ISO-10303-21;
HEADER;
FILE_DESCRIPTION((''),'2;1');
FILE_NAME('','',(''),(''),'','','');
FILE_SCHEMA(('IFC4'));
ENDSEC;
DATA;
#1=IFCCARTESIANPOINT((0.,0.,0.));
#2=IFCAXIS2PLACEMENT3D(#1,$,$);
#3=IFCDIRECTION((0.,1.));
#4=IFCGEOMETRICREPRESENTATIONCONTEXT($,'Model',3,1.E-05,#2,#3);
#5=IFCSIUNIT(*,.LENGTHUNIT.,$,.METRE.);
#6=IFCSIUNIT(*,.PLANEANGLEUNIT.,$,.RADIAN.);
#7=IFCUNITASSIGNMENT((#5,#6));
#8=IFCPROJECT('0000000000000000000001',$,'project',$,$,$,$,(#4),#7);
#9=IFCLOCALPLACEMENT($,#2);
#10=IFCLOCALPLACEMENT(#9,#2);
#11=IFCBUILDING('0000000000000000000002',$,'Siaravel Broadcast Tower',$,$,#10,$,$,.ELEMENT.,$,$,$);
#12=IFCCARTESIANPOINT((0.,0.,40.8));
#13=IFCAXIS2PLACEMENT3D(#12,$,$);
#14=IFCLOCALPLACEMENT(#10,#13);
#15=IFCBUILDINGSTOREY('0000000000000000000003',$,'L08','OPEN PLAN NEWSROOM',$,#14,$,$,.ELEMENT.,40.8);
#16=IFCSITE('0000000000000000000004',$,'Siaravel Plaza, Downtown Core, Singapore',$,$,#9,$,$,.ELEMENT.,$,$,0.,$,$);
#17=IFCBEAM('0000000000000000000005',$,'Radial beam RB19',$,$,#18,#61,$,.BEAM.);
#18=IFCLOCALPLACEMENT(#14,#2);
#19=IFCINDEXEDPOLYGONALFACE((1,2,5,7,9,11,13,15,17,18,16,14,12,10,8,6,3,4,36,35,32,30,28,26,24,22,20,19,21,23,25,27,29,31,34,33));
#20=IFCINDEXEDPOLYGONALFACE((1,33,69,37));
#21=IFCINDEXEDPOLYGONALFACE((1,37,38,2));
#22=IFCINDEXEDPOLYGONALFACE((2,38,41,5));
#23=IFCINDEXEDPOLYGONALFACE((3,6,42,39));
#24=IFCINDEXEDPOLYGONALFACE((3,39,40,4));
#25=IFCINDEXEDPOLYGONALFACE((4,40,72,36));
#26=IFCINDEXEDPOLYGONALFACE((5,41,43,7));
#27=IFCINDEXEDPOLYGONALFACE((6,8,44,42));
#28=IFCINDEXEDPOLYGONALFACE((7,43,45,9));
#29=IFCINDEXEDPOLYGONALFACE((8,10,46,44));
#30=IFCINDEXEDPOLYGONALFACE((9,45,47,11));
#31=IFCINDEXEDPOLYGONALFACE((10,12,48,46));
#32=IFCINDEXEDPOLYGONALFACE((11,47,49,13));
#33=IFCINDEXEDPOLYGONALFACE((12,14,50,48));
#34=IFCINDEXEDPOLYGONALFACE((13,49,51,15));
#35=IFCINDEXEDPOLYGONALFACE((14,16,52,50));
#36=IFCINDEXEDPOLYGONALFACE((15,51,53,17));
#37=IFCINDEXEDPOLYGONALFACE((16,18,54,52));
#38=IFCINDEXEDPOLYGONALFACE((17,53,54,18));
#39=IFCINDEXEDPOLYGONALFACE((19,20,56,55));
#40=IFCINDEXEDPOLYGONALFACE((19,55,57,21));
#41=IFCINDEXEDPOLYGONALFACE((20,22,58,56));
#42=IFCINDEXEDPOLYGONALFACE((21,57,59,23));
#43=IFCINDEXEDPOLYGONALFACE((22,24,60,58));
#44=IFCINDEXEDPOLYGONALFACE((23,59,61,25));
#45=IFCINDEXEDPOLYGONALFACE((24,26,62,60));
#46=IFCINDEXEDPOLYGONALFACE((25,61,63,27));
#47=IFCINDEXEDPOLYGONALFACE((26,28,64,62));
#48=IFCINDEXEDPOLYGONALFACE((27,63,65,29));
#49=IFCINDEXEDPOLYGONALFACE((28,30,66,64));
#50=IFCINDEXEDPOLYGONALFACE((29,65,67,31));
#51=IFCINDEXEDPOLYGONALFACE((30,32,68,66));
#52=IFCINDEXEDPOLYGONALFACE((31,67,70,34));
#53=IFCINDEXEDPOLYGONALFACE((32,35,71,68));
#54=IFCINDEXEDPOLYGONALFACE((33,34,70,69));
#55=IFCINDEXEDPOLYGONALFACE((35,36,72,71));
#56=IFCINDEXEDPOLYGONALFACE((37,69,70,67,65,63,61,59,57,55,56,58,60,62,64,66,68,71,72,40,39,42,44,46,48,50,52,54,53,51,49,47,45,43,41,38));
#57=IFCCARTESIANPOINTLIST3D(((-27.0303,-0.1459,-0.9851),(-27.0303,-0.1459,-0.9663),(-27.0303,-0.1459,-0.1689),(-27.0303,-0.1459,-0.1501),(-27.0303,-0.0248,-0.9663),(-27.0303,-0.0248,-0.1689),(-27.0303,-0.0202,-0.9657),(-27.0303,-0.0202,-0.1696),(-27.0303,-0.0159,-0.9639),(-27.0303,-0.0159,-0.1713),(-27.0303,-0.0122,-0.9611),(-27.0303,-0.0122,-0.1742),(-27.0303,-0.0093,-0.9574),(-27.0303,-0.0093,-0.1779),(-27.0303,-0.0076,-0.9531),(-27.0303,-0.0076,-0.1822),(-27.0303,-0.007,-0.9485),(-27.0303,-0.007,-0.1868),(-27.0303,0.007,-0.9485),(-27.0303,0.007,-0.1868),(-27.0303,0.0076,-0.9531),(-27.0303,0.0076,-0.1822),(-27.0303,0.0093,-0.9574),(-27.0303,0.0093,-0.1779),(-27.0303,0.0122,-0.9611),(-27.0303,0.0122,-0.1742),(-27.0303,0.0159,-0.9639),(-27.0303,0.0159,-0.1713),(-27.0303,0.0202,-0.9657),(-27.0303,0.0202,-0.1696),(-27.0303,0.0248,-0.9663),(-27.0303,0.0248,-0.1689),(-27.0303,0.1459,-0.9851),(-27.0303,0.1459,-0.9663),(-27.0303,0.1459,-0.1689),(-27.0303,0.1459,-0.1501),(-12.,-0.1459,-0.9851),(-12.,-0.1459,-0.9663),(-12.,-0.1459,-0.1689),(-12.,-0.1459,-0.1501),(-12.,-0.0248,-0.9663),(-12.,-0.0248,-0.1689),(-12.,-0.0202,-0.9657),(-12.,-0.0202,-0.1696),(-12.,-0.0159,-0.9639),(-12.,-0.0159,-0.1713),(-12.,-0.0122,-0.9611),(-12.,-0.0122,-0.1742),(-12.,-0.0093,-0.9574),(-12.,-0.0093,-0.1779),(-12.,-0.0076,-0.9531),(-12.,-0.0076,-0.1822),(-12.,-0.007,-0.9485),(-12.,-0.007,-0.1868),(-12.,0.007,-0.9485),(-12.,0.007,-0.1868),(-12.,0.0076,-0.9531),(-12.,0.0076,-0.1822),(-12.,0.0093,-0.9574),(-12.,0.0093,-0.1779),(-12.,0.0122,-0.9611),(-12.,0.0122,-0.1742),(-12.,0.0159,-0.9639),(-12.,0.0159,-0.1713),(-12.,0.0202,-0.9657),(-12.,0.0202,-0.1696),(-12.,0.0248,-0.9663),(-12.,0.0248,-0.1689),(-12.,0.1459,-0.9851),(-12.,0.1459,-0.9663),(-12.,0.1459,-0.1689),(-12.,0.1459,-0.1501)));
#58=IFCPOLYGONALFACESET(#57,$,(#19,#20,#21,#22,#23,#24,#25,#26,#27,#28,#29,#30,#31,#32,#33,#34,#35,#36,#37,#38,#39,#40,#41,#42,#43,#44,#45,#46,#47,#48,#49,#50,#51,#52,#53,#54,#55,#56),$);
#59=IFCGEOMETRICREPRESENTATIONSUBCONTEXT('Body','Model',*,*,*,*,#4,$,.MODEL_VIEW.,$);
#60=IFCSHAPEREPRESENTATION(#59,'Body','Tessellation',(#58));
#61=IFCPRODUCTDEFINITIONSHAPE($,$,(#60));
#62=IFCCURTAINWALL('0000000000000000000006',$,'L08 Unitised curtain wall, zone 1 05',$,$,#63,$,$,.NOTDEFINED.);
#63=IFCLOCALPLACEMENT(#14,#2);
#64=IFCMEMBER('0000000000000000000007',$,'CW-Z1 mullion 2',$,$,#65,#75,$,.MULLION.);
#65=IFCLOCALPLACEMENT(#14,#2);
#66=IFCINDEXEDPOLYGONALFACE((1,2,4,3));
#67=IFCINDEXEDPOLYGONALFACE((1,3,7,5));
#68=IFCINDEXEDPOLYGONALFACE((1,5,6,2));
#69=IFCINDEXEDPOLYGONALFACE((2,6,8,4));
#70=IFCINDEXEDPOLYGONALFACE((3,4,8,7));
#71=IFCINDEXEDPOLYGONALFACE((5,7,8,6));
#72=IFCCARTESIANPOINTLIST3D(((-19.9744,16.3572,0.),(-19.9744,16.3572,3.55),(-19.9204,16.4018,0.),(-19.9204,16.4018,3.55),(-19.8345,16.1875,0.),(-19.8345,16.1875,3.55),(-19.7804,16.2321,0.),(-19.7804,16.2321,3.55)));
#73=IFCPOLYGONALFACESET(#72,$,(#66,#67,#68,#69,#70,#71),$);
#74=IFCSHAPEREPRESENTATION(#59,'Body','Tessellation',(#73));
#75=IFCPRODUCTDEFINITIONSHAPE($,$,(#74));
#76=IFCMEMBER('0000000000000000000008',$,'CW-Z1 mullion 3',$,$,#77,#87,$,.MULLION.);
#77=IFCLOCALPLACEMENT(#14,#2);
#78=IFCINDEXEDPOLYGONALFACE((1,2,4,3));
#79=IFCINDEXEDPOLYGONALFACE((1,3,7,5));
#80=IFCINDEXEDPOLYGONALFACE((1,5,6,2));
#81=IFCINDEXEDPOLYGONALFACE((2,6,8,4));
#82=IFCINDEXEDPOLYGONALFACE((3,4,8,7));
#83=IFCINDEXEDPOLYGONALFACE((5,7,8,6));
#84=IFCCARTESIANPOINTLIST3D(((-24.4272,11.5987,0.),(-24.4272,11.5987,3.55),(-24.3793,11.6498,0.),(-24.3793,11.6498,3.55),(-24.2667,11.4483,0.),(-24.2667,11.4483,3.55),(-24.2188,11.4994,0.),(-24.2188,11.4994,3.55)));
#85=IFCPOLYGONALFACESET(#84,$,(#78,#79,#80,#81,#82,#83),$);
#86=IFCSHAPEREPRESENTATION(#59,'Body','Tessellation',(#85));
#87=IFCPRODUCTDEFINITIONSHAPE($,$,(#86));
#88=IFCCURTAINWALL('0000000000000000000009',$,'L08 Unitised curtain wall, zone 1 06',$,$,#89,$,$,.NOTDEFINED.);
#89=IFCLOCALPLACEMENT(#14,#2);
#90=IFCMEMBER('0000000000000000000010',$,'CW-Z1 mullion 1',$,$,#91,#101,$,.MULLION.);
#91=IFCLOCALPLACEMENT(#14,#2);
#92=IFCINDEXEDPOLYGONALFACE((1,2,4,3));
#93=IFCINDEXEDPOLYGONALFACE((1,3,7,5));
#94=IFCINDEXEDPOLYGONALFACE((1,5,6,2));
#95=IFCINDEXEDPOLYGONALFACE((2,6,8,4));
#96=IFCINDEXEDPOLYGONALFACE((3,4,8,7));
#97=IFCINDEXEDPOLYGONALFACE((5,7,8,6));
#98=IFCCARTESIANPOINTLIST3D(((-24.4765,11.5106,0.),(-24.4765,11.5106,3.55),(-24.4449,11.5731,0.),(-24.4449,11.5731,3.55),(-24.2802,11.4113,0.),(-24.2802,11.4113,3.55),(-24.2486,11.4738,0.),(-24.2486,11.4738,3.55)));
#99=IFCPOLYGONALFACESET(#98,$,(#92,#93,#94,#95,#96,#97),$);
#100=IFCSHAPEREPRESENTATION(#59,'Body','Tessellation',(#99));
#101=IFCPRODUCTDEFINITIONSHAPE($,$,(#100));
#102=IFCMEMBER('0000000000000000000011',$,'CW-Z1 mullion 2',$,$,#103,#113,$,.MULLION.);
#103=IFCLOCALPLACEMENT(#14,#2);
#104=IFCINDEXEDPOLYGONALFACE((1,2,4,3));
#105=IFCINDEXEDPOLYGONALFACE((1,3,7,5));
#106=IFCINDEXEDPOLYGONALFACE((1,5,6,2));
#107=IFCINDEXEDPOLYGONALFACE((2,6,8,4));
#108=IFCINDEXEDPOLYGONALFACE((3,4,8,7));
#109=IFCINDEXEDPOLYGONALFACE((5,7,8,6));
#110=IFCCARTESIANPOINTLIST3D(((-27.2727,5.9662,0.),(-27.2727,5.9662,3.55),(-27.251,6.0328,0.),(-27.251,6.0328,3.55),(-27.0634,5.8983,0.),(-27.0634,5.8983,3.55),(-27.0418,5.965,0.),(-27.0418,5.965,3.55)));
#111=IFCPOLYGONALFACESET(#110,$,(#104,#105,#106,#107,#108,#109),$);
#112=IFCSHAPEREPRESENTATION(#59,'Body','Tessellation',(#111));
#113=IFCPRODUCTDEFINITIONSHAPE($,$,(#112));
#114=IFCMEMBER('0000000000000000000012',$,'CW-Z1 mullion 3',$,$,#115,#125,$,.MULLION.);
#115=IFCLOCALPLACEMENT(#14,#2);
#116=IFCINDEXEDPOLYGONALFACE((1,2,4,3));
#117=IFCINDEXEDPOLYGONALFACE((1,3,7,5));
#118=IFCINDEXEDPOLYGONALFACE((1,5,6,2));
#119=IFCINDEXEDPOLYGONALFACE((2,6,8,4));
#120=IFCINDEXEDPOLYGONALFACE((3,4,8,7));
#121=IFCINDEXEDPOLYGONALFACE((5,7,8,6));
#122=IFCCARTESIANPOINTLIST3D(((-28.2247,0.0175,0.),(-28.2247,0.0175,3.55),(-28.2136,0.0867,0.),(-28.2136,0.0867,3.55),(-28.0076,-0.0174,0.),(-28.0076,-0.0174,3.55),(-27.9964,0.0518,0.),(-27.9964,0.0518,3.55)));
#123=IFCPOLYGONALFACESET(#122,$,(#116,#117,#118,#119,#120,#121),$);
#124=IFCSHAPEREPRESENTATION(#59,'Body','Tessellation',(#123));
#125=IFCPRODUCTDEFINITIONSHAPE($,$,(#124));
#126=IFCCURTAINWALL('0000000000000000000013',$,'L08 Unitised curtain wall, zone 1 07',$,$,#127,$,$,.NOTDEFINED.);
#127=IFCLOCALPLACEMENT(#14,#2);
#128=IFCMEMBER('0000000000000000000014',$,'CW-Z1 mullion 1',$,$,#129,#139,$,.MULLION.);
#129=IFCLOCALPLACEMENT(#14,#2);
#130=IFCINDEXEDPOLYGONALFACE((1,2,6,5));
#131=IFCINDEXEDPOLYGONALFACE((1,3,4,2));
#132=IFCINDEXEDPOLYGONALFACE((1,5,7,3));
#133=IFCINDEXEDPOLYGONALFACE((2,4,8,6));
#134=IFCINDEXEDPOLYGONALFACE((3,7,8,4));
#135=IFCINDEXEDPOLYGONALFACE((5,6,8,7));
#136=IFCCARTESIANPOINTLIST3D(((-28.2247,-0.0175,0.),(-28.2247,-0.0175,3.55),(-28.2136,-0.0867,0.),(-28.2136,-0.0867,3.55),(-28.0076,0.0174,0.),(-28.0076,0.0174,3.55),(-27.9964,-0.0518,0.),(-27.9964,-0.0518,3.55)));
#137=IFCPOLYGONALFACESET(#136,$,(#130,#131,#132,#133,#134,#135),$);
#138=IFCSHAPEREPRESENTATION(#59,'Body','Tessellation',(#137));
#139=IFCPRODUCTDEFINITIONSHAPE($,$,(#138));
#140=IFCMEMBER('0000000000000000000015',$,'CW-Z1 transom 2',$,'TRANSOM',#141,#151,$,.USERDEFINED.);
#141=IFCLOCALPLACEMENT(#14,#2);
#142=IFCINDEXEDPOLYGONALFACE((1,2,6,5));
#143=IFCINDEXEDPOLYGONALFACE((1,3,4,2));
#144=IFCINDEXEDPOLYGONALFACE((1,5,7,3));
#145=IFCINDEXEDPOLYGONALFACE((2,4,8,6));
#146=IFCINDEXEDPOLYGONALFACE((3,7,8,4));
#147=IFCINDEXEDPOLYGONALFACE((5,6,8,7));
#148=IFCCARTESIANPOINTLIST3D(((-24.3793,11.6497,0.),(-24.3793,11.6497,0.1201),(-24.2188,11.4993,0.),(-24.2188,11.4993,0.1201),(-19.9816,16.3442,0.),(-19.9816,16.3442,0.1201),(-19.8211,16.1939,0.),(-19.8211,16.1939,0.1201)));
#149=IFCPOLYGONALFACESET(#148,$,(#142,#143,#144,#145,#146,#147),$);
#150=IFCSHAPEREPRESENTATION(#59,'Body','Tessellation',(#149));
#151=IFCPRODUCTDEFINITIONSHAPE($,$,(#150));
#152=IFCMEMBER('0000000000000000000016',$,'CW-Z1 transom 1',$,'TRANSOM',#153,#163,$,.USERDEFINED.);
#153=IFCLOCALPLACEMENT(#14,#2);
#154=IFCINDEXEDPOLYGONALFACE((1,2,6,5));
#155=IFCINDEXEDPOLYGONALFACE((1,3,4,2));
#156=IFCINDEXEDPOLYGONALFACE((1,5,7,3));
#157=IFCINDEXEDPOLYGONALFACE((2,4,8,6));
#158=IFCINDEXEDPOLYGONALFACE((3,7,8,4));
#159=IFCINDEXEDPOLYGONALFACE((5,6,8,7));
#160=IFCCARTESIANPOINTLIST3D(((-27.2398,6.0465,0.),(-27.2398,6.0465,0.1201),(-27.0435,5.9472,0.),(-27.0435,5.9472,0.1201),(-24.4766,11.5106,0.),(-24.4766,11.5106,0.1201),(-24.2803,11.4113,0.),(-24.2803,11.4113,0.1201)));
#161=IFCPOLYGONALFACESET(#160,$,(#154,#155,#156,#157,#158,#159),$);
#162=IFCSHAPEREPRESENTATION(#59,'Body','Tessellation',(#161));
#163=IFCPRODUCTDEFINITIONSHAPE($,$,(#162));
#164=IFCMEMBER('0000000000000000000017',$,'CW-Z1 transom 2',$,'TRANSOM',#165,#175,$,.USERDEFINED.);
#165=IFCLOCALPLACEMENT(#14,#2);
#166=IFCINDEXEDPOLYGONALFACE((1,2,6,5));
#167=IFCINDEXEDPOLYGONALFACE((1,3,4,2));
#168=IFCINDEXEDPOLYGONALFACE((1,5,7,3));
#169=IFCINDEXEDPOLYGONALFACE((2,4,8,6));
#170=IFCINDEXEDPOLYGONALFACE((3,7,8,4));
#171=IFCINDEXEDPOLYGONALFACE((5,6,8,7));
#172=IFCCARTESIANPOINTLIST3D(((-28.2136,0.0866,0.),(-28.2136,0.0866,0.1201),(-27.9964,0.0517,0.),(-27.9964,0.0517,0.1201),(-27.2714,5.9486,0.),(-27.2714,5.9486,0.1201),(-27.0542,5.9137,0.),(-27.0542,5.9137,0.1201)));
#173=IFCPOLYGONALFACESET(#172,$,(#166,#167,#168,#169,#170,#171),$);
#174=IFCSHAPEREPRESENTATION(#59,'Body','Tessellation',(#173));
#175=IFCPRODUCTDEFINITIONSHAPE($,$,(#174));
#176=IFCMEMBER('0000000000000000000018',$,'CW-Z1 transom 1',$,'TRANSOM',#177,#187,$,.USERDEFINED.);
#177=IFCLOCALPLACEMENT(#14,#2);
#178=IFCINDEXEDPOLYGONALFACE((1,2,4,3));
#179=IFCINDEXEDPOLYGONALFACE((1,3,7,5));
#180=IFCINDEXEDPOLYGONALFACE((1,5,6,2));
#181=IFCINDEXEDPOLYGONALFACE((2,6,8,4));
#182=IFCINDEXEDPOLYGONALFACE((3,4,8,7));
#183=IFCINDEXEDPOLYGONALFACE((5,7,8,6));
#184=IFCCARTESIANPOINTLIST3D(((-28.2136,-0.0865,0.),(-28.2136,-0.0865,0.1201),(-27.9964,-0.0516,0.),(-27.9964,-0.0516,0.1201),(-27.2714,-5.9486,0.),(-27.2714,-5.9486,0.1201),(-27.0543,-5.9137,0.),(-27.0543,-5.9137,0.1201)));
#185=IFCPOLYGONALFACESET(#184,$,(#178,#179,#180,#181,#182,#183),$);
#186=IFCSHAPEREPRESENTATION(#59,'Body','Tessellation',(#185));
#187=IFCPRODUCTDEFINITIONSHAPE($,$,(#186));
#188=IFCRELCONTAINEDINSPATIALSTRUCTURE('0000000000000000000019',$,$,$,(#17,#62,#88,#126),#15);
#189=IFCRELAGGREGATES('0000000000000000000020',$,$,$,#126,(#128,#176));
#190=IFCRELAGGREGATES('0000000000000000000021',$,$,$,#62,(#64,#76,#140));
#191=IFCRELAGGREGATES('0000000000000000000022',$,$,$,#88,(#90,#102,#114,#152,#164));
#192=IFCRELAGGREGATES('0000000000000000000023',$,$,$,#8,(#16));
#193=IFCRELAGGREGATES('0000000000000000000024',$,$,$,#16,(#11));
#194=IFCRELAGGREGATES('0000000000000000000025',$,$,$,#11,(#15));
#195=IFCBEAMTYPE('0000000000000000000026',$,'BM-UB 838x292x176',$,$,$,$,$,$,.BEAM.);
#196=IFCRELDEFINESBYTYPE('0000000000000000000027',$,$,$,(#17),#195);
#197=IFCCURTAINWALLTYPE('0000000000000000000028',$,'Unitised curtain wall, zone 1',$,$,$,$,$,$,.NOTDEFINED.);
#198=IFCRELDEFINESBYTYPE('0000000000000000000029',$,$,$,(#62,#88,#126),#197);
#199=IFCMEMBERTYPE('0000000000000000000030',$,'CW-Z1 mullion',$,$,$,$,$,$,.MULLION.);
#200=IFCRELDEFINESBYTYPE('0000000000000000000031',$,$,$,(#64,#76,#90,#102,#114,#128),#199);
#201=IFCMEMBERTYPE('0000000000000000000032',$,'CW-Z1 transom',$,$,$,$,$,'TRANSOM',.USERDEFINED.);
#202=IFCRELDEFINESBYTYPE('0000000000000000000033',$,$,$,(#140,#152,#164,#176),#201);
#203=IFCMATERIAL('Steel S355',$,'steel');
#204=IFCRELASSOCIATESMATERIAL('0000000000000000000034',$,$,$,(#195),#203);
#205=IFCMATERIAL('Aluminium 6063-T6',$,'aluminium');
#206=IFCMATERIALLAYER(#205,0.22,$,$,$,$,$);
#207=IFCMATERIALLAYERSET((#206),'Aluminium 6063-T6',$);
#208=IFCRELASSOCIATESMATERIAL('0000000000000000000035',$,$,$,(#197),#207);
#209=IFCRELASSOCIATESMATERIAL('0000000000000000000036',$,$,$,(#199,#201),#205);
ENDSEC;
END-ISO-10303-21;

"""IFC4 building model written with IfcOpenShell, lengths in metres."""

from ifc_helpers import new_model, si_unit, direction, frame, origin, origin_2d, place, context, subcontext, project, spatial, rectangle, i_section, extrude, material, layer, layer_set, material_profile, profile_set, type_object, element, aggregate, save


model = new_model("IFC4")

# Units and contexts
model_context = context("Model", 3, precision=1e-05, world=origin(), true_north=direction((0.0, 1.0)))
body_context = subcontext(model_context, "Body", "Model", "MODEL_VIEW")
ifc_project = project(units=[si_unit("LENGTHUNIT", "METRE"), si_unit("PLANEANGLEUNIT", "RADIAN")], contexts=[model_context])

# Site, building, storey
site_placement = place(None, origin())
site = spatial("IfcSite", under=ifc_project, at=site_placement, Name="Siaravel Plaza, Downtown Core, Singapore", CompositionType="ELEMENT", RefElevation=0.0)
building_placement = place(site_placement, origin())
building = spatial("IfcBuilding", under=site, at=building_placement, Name="Siaravel Broadcast Tower", CompositionType="ELEMENT")
storey_placement = place(building_placement, frame((0.0, 0.0, 40.8)))
storey = spatial("IfcBuildingStorey", under=building, at=storey_placement, Name="L08", Description="OPEN PLAN NEWSROOM", CompositionType="ELEMENT", Elevation=40.8)

# Beam
ifc_material_1 = material(Name="Steel S355", Category="steel")
ifc_material_profile_1 = material_profile(ifc_material_1, i_section(OverallWidth=0.2917, OverallDepth=0.835, WebThickness=0.0139, FlangeThickness=0.0188, FilletRadius=0.0178, at=origin_2d()))
ifc_profile_set_1 = profile_set([ifc_material_profile_1], Name="Steel S355")
beam_type = type_object("IfcBeamType", Name="BM-UB 838x292x176", PredefinedType="BEAM", material=ifc_profile_set_1)
beam_1_placement = place(storey_placement, frame((-27.0303, 0.0, -0.5676), z_axis=(1.0, 0.0, 0.0), x_axis=(0.0, 1.0, 0.0)))
element("IfcBeam", 1, at=beam_1_placement, inside=storey, type_object=beam_type, Name="Radial beam RB19", PredefinedType="BEAM", context=body_context, shape_type="SweptSolid", body=[
    extrude(i_section(OverallWidth=0.2917, OverallDepth=0.835, WebThickness=0.0139, FlangeThickness=0.0188, FilletRadius=0.0178, at=origin_2d()), origin(), (0.0, 0.0, 1.0), 15.0303),
])

# Curtain walls, members
ifc_material_2 = material(Name="Aluminium 6063-T6", Category="aluminium")
ifc_layer_1 = layer(ifc_material_2, 0.22)
ifc_layer_set_1 = layer_set([ifc_layer_1], Name="Aluminium 6063-T6")
curtain_wall_type = type_object("IfcCurtainWallType", Name="Unitised curtain wall, zone 1", PredefinedType="NOTDEFINED", material=ifc_layer_set_1)
curtain_wall_1_placement = place(storey_placement, origin())
curtain_wall_1 = element("IfcCurtainWall", 2, at=curtain_wall_1_placement, inside=storey, type_object=curtain_wall_type, Name="L08 Unitised curtain wall, zone 1 05", PredefinedType="NOTDEFINED")
ifc_material_profile_2 = material_profile(ifc_material_2, rectangle(XDim=0.22, YDim=0.0701, at=origin_2d()))
ifc_profile_set_2 = profile_set([ifc_material_profile_2], Name="Aluminium 6063-T6")
member_type_1 = type_object("IfcMemberType", Name="CW-Z1 mullion", PredefinedType="MULLION", material=ifc_profile_set_2)
member_1_placement = place(storey_placement, frame((-19.8774, 16.2947, 0.0), z_axis=(0.0, 0.0, 1.0), x_axis=(0.636218, -0.771509, 0.0)))
member_1 = element("IfcMember", 3, at=member_1_placement, type_object=member_type_1, Name="CW-Z1 mullion 2", PredefinedType="MULLION", context=body_context, shape_type="SweptSolid", body=[
    extrude(rectangle(XDim=0.22, YDim=0.0701, at=origin_2d()), origin(), (0.0, 0.0, 1.0), 3.55),
])
member_2_placement = place(storey_placement, frame((-24.323, 11.5491, 0.0), z_axis=(0.0, 0.0, 1.0), x_axis=(0.729805, -0.683655, 0.0)))
member_2 = element("IfcMember", 4, at=member_2_placement, type_object=member_type_1, Name="CW-Z1 mullion 3", PredefinedType="MULLION", context=body_context, shape_type="SweptSolid", body=[
    extrude(rectangle(XDim=0.22, YDim=0.0701, at=origin_2d()), origin(), (0.0, 0.0, 1.0), 3.55),
])
curtain_wall_2_placement = place(storey_placement, origin())
curtain_wall_2 = element("IfcCurtainWall", 5, at=curtain_wall_2_placement, inside=storey, type_object=curtain_wall_type, Name="L08 Unitised curtain wall, zone 1 06", PredefinedType="NOTDEFINED")
member_3_placement = place(storey_placement, frame((-24.3625, 11.4922, 0.0), z_axis=(0.0, 0.0, 1.0), x_axis=(0.892392, -0.451261, 0.0)))
member_3 = element("IfcMember", 6, at=member_3_placement, type_object=member_type_1, Name="CW-Z1 mullion 1", PredefinedType="MULLION", context=body_context, shape_type="SweptSolid", body=[
    extrude(rectangle(XDim=0.22, YDim=0.0701, at=origin_2d()), origin(), (0.0, 0.0, 1.0), 3.55),
])
member_4_placement = place(storey_placement, frame((-27.1572, 5.9656, 0.0), z_axis=(0.0, 0.0, 1.0), x_axis=(0.951177, -0.308646, 0.0)))
member_4 = element("IfcMember", 7, at=member_4_placement, type_object=member_type_1, Name="CW-Z1 mullion 2", PredefinedType="MULLION", context=body_context, shape_type="SweptSolid", body=[
    extrude(rectangle(XDim=0.22, YDim=0.0701, at=origin_2d()), origin(), (0.0, 0.0, 1.0), 3.55),
])
member_5_placement = place(storey_placement, frame((-28.1106, 0.0347, 0.0), z_axis=(0.0, 0.0, 1.0), x_axis=(0.987329, -0.158686, 0.0)))
member_5 = element("IfcMember", 8, at=member_5_placement, type_object=member_type_1, Name="CW-Z1 mullion 3", PredefinedType="MULLION", context=body_context, shape_type="SweptSolid", body=[
    extrude(rectangle(XDim=0.22, YDim=0.0701, at=origin_2d()), origin(), (0.0, 0.0, 1.0), 3.55),
])

# Curtain wall, member
curtain_wall_3_placement = place(storey_placement, origin())
curtain_wall_3 = element("IfcCurtainWall", 9, at=curtain_wall_3_placement, inside=storey, type_object=curtain_wall_type, Name="L08 Unitised curtain wall, zone 1 07", PredefinedType="NOTDEFINED")
member_6_placement = place(storey_placement, frame((-28.1106, -0.0347, 0.0), z_axis=(0.0, 0.0, 1.0), x_axis=(0.987329, 0.158686, 0.0)))
member_6 = element("IfcMember", 10, at=member_6_placement, type_object=member_type_1, Name="CW-Z1 mullion 1", PredefinedType="MULLION", context=body_context, shape_type="SweptSolid", body=[
    extrude(rectangle(XDim=0.22, YDim=0.0701, at=origin_2d()), origin(), (0.0, 0.0, 1.0), 3.55),
])

# Members
ifc_material_profile_3 = material_profile(ifc_material_2, rectangle(XDim=0.22, YDim=0.1201, at=origin_2d()))
ifc_profile_set_3 = profile_set([ifc_material_profile_3], Name="Aluminium 6063-T6")
member_type_2 = type_object("IfcMemberType", Name="CW-Z1 transom", ElementType="TRANSOM", PredefinedType="USERDEFINED", material=ifc_profile_set_3)
member_7_placement = place(storey_placement, frame((-19.9014, 16.269, 0.0601), z_axis=(-0.683654, -0.729806, 0.0), x_axis=(0.729806, -0.683654, 0.0)))
member_7 = element("IfcMember", 11, at=member_7_placement, type_object=member_type_2, Name="CW-Z1 transom 2", ObjectType="TRANSOM", PredefinedType="USERDEFINED", context=body_context, shape_type="SweptSolid", body=[
    extrude(rectangle(XDim=0.22, YDim=0.1201, at=origin_2d()), origin(), (0.0, 0.0, 1.0), 6.4326),
])
member_8_placement = place(storey_placement, frame((-24.3784, 11.4609, 0.0601), z_axis=(-0.451276, -0.892384, 0.0), x_axis=(0.892384, -0.451276, 0.0)))
member_8 = element("IfcMember", 12, at=member_8_placement, type_object=member_type_2, Name="CW-Z1 transom 1", ObjectType="TRANSOM", PredefinedType="USERDEFINED", context=body_context, shape_type="SweptSolid", body=[
    extrude(rectangle(XDim=0.22, YDim=0.1201, at=origin_2d()), origin(), (0.0, 0.0, 1.0), 6.123),
])
member_9_placement = place(storey_placement, frame((-27.1628, 5.9312, 0.0601), z_axis=(-0.158682, -0.98733, 0.0), x_axis=(0.98733, -0.158682, 0.0)))
member_9 = element("IfcMember", 13, at=member_9_placement, type_object=member_type_2, Name="CW-Z1 transom 2", ObjectType="TRANSOM", PredefinedType="USERDEFINED", context=body_context, shape_type="SweptSolid", body=[
    extrude(rectangle(XDim=0.22, YDim=0.1201, at=origin_2d()), origin(), (0.0, 0.0, 1.0), 5.9373),
])
member_10_placement = place(storey_placement, frame((-28.105, -0.0691, 0.0601), z_axis=(0.158682, -0.98733, 0.0), x_axis=(0.98733, 0.158682, 0.0)))
member_10 = element("IfcMember", 14, at=member_10_placement, type_object=member_type_2, Name="CW-Z1 transom 1", ObjectType="TRANSOM", PredefinedType="USERDEFINED", context=body_context, shape_type="SweptSolid", body=[
    extrude(rectangle(XDim=0.22, YDim=0.1201, at=origin_2d()), origin(), (0.0, 0.0, 1.0), 5.9373),
])
aggregate(curtain_wall_3, [member_6, member_10])

aggregate(curtain_wall_1, [member_1, member_2, member_7])
aggregate(curtain_wall_2, [member_3, member_4, member_5, member_8, member_9])

save(model, "model.ifc")
